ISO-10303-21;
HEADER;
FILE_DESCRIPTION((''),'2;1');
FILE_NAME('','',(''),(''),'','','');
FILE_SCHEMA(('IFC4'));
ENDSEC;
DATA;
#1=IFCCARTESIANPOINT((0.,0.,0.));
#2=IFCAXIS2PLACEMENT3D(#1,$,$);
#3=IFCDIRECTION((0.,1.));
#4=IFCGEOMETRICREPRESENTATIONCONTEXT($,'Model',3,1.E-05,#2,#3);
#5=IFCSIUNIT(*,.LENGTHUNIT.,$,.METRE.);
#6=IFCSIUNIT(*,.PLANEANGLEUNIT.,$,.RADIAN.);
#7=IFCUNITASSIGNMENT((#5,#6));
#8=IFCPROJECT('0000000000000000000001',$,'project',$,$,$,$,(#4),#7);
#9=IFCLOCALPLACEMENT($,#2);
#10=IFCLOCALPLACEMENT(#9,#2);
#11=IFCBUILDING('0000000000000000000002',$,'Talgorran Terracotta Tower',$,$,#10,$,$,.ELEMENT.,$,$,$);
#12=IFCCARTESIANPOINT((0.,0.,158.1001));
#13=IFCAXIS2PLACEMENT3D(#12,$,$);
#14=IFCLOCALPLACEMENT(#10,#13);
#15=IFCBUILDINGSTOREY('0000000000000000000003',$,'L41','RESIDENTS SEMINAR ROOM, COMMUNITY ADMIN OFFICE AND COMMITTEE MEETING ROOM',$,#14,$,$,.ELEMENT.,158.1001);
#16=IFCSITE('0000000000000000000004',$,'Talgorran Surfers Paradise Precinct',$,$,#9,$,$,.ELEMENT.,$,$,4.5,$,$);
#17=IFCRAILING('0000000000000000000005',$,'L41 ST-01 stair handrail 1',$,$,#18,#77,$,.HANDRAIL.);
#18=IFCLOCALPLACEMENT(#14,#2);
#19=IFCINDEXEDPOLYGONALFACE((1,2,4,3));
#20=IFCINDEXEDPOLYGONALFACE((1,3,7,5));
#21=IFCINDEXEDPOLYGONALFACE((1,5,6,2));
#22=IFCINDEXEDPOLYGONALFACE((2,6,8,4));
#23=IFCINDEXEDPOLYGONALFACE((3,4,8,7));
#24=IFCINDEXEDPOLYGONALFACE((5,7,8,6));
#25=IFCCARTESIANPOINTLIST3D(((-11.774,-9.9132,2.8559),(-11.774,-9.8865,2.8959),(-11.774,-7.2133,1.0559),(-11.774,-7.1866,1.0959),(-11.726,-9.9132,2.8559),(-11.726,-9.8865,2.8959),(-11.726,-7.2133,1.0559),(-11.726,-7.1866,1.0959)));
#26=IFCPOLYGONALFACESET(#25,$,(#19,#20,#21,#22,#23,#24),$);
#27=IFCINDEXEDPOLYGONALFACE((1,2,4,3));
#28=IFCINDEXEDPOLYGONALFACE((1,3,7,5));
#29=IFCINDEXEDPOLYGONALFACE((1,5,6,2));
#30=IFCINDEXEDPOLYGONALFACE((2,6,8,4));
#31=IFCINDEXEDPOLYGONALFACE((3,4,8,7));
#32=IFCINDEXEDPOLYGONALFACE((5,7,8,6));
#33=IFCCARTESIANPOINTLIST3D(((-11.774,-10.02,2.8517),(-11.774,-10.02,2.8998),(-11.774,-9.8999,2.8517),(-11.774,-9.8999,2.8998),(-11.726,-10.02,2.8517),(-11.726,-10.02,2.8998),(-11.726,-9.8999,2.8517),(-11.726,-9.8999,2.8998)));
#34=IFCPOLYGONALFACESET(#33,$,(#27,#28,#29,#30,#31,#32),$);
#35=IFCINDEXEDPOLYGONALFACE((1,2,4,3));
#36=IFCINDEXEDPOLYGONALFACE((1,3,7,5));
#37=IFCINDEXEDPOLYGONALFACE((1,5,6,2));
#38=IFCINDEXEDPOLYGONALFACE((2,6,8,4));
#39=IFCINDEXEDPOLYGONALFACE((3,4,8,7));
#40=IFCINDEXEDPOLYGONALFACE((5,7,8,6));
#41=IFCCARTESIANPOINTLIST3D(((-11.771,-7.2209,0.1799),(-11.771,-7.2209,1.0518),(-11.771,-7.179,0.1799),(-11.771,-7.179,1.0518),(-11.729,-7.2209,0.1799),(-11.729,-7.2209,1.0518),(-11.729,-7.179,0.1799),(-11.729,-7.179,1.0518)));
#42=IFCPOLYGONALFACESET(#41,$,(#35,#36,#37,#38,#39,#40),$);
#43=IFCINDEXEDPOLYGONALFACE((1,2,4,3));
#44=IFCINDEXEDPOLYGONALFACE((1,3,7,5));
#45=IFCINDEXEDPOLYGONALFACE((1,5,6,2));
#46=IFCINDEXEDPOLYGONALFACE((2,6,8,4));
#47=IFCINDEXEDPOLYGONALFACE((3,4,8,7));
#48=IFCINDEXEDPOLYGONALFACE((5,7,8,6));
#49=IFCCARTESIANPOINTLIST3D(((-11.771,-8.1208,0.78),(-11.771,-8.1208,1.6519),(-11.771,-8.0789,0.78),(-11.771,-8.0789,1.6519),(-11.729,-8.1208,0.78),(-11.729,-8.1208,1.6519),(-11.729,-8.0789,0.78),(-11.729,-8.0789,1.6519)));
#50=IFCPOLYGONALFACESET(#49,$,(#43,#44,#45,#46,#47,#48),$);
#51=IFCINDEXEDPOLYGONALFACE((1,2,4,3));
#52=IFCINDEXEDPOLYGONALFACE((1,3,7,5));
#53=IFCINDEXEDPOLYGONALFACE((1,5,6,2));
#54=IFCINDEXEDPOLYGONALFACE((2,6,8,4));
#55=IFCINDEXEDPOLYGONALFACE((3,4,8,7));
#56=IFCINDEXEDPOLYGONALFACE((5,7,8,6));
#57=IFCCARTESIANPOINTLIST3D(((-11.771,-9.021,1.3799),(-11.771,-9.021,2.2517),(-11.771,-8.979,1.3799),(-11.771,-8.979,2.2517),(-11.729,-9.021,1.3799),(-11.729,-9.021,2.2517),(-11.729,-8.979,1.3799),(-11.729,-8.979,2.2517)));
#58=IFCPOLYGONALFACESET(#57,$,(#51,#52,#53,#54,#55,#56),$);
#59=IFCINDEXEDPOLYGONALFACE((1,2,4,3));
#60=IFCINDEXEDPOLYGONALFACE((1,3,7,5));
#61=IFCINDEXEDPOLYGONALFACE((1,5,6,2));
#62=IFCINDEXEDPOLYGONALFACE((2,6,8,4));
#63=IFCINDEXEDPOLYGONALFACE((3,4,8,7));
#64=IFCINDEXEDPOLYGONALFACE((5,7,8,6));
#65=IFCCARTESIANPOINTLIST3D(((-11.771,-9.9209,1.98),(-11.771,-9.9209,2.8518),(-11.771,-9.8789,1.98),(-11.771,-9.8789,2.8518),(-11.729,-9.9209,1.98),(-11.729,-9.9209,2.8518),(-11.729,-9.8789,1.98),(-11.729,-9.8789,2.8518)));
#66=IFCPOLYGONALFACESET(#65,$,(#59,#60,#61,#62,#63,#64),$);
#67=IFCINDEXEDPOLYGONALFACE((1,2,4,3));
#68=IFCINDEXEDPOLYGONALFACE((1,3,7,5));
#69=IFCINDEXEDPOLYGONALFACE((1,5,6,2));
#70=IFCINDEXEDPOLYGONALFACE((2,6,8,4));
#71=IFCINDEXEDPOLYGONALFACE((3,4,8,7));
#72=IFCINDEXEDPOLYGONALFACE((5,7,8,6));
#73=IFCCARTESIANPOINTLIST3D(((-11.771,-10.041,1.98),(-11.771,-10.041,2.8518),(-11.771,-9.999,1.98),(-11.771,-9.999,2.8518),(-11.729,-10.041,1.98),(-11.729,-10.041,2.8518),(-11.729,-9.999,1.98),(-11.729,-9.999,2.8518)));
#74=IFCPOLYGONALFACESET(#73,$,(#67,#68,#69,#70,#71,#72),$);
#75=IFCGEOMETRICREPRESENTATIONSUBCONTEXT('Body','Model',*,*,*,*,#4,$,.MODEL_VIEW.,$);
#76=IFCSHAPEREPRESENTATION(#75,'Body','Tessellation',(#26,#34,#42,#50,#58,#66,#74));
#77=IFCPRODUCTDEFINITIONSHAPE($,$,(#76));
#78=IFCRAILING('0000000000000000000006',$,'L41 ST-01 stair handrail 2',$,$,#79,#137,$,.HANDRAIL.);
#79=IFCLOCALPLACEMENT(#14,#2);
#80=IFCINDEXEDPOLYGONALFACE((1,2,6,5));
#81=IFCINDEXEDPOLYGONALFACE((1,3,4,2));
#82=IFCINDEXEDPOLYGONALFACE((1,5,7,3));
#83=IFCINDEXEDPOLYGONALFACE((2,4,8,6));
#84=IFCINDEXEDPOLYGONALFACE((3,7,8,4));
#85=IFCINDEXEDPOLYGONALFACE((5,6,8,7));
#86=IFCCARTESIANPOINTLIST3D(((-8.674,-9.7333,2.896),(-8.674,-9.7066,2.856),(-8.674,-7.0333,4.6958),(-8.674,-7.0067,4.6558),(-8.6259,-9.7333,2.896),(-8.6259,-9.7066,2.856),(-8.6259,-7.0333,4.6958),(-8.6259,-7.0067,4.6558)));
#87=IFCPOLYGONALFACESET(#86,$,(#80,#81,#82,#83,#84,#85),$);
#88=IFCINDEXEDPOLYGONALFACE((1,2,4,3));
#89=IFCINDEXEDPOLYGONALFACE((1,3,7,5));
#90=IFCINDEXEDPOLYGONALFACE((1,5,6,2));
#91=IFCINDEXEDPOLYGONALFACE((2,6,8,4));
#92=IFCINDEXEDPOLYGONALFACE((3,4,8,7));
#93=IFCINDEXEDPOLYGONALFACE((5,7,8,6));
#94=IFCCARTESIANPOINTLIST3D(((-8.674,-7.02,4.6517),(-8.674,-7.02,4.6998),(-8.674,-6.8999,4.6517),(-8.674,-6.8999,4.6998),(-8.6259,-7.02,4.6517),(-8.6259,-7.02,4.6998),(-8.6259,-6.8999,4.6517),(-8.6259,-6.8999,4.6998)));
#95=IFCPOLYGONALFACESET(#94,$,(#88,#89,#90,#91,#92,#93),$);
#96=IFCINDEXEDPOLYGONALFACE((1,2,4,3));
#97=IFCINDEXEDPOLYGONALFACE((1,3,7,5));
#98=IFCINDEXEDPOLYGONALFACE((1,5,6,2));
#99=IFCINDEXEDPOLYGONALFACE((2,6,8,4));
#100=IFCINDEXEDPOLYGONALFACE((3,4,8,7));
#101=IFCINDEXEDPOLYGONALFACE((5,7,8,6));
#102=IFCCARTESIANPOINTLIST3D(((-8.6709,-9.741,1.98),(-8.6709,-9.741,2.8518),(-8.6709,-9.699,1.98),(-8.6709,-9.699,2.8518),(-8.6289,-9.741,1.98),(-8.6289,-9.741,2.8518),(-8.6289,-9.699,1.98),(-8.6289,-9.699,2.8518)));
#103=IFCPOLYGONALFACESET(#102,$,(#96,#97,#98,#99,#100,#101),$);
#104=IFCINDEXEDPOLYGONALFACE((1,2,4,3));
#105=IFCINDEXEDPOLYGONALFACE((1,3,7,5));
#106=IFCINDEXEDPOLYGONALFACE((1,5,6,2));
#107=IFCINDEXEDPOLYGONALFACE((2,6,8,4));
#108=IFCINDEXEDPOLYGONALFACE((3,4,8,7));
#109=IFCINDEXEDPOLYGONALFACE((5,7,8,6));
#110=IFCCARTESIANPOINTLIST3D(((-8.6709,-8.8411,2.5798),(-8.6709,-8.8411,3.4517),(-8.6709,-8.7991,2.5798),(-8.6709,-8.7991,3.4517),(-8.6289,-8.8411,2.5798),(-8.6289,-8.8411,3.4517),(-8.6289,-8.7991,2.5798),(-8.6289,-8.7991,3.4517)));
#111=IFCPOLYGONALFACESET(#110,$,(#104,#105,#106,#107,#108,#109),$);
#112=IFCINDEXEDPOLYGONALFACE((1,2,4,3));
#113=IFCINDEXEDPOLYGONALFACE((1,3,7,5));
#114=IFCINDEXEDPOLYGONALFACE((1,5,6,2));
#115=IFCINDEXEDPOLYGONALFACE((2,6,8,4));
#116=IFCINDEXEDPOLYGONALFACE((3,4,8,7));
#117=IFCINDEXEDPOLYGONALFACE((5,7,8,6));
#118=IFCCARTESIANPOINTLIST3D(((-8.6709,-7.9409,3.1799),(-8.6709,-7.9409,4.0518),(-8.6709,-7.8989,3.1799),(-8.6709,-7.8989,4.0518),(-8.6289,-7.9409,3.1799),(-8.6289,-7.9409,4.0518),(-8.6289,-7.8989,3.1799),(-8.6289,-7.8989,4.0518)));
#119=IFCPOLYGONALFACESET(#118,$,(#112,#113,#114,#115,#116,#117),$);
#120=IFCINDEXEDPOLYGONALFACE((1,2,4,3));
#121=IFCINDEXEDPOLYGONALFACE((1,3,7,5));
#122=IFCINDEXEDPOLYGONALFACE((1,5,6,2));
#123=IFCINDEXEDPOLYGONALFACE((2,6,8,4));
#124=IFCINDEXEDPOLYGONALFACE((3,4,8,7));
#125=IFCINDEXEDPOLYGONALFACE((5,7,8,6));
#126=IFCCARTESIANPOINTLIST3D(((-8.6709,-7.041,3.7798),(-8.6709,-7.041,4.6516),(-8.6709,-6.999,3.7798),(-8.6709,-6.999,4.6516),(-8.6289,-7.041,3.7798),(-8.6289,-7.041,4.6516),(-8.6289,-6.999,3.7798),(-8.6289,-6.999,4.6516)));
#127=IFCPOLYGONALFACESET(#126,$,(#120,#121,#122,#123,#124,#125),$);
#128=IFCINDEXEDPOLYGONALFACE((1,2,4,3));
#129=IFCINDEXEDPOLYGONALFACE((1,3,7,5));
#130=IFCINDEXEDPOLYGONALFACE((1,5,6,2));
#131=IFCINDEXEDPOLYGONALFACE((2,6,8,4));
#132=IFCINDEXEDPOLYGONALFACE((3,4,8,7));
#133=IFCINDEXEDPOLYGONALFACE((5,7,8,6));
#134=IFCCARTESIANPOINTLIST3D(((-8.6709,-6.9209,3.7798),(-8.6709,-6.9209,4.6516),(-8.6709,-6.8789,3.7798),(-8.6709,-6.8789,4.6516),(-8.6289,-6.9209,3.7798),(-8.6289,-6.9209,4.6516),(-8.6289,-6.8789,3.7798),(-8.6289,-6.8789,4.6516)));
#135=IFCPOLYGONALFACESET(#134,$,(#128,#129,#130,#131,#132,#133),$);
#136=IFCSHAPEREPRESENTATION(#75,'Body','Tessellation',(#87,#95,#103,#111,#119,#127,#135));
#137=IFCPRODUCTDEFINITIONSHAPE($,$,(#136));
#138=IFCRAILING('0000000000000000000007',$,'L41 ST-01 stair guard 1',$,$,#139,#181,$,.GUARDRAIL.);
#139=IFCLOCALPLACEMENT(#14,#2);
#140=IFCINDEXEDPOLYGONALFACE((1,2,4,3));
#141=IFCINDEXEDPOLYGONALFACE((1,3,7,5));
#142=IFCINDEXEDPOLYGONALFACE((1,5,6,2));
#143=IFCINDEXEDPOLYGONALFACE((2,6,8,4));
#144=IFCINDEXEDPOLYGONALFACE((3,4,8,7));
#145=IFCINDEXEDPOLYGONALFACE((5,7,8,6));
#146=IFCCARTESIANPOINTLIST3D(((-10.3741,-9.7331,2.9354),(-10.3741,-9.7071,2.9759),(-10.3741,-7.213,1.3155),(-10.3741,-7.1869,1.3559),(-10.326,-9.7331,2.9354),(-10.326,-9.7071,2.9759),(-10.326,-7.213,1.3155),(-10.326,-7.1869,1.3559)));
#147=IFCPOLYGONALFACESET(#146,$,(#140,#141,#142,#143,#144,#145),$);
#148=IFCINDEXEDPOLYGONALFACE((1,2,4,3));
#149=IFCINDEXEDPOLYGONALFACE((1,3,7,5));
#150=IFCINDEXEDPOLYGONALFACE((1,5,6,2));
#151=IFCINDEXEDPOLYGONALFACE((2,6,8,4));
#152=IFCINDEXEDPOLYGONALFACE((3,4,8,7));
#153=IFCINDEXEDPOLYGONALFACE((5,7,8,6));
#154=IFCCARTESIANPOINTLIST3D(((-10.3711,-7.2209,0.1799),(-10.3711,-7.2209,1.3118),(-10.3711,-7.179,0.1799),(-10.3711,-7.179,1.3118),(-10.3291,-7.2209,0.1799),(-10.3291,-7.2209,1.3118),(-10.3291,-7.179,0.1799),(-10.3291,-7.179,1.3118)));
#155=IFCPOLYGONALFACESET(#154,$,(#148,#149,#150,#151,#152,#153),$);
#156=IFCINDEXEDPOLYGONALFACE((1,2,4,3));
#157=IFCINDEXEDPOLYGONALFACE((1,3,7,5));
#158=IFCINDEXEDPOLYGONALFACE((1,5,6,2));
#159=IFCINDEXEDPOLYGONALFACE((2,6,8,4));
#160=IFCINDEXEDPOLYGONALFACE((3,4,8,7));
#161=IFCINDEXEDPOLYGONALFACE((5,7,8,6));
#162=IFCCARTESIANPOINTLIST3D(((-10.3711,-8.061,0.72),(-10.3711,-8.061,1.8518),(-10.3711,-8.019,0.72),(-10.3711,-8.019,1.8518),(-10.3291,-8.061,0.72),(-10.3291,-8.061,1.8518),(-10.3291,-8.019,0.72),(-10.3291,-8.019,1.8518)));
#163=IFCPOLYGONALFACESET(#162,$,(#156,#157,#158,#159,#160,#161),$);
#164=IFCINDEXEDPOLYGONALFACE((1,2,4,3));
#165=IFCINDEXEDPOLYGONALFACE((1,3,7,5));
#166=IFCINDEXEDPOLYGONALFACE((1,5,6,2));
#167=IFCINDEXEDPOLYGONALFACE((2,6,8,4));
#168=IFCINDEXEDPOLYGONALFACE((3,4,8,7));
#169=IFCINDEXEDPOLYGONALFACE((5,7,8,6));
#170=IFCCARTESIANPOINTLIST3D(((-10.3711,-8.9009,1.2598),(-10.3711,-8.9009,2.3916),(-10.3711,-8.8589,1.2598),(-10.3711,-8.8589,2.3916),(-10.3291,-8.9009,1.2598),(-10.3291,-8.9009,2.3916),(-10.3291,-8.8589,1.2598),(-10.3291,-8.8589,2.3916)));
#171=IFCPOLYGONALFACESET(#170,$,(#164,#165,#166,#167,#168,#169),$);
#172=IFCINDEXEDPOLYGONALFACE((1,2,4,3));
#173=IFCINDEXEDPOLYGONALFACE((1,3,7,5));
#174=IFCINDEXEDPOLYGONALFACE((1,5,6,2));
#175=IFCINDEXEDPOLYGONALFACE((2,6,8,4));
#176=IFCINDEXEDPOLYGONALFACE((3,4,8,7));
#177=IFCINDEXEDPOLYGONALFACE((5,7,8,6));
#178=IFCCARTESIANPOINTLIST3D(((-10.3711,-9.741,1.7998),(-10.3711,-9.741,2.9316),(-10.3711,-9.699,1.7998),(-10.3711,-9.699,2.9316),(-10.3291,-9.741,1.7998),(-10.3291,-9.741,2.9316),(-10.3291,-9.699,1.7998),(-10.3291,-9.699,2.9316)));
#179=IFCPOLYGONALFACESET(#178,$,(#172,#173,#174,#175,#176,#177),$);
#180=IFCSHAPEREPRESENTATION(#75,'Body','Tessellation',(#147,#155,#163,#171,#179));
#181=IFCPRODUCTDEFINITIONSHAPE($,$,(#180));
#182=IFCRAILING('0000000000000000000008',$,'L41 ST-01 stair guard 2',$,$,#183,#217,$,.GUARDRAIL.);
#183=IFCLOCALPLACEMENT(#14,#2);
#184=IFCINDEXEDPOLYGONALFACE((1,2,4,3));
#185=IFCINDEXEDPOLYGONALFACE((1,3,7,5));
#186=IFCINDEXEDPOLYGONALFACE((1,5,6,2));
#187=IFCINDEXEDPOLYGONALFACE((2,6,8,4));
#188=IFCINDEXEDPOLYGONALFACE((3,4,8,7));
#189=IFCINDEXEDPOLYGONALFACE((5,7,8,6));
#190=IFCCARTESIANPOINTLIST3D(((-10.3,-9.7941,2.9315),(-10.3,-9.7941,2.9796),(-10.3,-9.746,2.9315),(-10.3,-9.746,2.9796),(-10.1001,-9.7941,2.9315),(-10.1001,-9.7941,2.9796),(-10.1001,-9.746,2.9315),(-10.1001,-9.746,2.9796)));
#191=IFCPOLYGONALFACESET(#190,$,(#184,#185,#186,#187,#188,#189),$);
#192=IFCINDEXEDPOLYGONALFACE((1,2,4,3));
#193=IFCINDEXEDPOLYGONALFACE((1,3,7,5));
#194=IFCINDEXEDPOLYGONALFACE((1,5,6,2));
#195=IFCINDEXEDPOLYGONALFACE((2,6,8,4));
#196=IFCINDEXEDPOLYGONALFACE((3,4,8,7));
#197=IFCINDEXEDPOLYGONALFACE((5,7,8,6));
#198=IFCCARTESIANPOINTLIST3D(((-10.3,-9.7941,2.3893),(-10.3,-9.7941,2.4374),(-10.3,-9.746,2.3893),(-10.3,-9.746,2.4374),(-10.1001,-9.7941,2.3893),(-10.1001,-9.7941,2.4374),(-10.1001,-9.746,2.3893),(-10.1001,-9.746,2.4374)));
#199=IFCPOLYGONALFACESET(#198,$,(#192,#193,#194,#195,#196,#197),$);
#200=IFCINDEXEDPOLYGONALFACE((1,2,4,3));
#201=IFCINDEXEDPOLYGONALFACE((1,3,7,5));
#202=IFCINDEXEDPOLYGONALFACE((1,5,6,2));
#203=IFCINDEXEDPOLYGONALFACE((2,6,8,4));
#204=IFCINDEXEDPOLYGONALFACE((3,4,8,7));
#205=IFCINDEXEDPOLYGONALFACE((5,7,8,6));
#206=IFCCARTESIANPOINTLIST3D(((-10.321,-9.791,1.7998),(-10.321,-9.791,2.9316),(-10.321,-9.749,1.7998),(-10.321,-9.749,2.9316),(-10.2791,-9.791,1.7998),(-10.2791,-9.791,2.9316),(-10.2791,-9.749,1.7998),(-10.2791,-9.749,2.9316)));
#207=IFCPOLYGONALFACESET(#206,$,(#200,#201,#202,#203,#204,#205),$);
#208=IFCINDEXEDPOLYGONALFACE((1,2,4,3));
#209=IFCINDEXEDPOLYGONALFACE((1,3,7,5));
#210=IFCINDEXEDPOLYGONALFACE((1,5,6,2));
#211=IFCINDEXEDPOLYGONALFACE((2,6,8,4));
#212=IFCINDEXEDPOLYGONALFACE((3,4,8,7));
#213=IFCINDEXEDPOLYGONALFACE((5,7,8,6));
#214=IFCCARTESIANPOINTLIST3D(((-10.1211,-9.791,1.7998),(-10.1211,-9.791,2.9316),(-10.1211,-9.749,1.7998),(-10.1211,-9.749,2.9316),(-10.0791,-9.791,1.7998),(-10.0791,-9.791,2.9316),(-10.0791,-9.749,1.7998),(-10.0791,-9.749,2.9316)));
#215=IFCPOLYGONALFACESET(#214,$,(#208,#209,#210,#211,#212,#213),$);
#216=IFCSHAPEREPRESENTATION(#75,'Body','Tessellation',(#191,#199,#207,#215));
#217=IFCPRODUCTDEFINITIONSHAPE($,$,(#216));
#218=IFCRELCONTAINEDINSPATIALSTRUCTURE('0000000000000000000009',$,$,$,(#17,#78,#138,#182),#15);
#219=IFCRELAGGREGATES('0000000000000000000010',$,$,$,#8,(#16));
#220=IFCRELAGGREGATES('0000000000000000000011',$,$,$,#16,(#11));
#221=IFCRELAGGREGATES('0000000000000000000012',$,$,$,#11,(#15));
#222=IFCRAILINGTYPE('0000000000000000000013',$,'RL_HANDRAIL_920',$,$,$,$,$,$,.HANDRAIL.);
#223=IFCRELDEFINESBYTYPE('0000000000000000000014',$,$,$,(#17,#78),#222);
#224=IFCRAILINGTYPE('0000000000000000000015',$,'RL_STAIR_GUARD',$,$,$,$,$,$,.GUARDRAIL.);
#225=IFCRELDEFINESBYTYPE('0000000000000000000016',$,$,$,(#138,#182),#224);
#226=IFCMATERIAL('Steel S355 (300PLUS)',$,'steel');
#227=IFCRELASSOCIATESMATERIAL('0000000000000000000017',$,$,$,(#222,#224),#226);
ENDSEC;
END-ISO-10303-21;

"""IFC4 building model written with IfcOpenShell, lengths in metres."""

from ifc_helpers import new_model, si_unit, direction, frame, origin, origin_2d, place, context, subcontext, project, spatial, rectangle, extrude, material, type_object, element, save


model = new_model("IFC4")

# Units and contexts
model_context = context("Model", 3, precision=1e-05, world=origin(), true_north=direction((0.0, 1.0)))
body_context = subcontext(model_context, "Body", "Model", "MODEL_VIEW")
ifc_project = project(units=[si_unit("LENGTHUNIT", "METRE"), si_unit("PLANEANGLEUNIT", "RADIAN")], contexts=[model_context])

# Site, building, storey
site_placement = place(None, origin())
site = spatial("IfcSite", under=ifc_project, at=site_placement, Name="Talgorran Surfers Paradise Precinct", CompositionType="ELEMENT", RefElevation=4.5)
building_placement = place(site_placement, origin())
building = spatial("IfcBuilding", under=site, at=building_placement, Name="Talgorran Terracotta Tower", CompositionType="ELEMENT")
storey_placement = place(building_placement, frame((0.0, 0.0, 158.1001)))
storey = spatial("IfcBuildingStorey", under=building, at=storey_placement, Name="L41", Description="RESIDENTS SEMINAR ROOM, COMMUNITY ADMIN OFFICE AND COMMITTEE MEETING ROOM", CompositionType="ELEMENT", Elevation=158.1001)

# Shared definitions
ifc_material_1 = material(Name="Steel S355 (300PLUS)", Category="steel")

# Railings
railing_type_1 = type_object("IfcRailingType", Name="RL_HANDRAIL_920", PredefinedType="HANDRAIL", material=ifc_material_1)
railing_1_placement = place(storey_placement, frame((-11.75, -7.2, 0.1799)))
element("IfcRailing", 1, at=railing_1_placement, inside=storey, type_object=railing_type_1, Name="L41 ST-01 stair handrail 1", PredefinedType="HANDRAIL", context=body_context, shape_type="SweptSolid", body=[
    extrude(rectangle(XDim=0.0481, YDim=0.0481, at=origin_2d()), frame((0.0, 0.0, 0.896), z_axis=(0.0, -0.832039, 0.554718), x_axis=(1.0, 0.0, 0.0)), (0.0, 0.0, 1.0), 3.2449),
    extrude(rectangle(XDim=0.0481, YDim=0.0481, at=origin_2d()), frame((0.0, -2.7, 2.6958), z_axis=(0.0, -1.0, 0.0), x_axis=(1.0, 0.0, 0.0)), (0.0, 0.0, 1.0), 0.1201),
    extrude(rectangle(XDim=0.042, YDim=0.042, at=origin_2d()), origin(), (0.0, 0.0, 1.0), 0.8718),
    extrude(rectangle(XDim=0.042, YDim=0.042, at=origin_2d()), frame((0.0, -0.8999, 0.6001)), (0.0, 0.0, 1.0), 0.8718),
    extrude(rectangle(XDim=0.042, YDim=0.042, at=origin_2d()), frame((0.0, -1.8, 1.2)), (0.0, 0.0, 1.0), 0.8718),
    extrude(rectangle(XDim=0.042, YDim=0.042, at=origin_2d()), frame((0.0, -2.7, 1.8)), (0.0, 0.0, 1.0), 0.8718),
    extrude(rectangle(XDim=0.042, YDim=0.042, at=origin_2d()), frame((0.0, -2.8201, 1.8)), (0.0, 0.0, 1.0), 0.8718),
])
railing_2_placement = place(storey_placement, frame((-8.6499, -9.72, 1.98)))
element("IfcRailing", 2, at=railing_2_placement, inside=storey, type_object=railing_type_1, Name="L41 ST-01 stair handrail 2", PredefinedType="HANDRAIL", context=body_context, shape_type="SweptSolid", body=[
    extrude(rectangle(XDim=0.0481, YDim=0.0481, at=origin_2d()), frame((0.0, 0.0, 0.896), z_axis=(0.0, 0.832073, 0.554665), x_axis=(-1.0, 0.0, 0.0)), (0.0, 0.0, 1.0), 3.2449),
    extrude(rectangle(XDim=0.0481, YDim=0.0481, at=origin_2d()), frame((0.0, 2.7, 2.6958), z_axis=(0.0, 1.0, 0.0), x_axis=(-1.0, 0.0, 0.0)), (0.0, 0.0, 1.0), 0.1201),
    extrude(rectangle(XDim=0.042, YDim=0.042, at=origin_2d()), origin(), (0.0, 0.0, 1.0), 0.8718),
    extrude(rectangle(XDim=0.042, YDim=0.042, at=origin_2d()), frame((0.0, 0.8999, 0.5999)), (0.0, 0.0, 1.0), 0.8718),
    extrude(rectangle(XDim=0.042, YDim=0.042, at=origin_2d()), frame((0.0, 1.8, 1.2)), (0.0, 0.0, 1.0), 0.8718),
    extrude(rectangle(XDim=0.042, YDim=0.042, at=origin_2d()), frame((0.0, 2.7, 1.7998)), (0.0, 0.0, 1.0), 0.8718),
    extrude(rectangle(XDim=0.042, YDim=0.042, at=origin_2d()), frame((0.0, 2.8201, 1.7998)), (0.0, 0.0, 1.0), 0.8718),
])
railing_type_2 = type_object("IfcRailingType", Name="RL_STAIR_GUARD", PredefinedType="GUARDRAIL", material=ifc_material_1)
railing_3_placement = place(storey_placement, frame((-10.3501, -7.2, 0.1799)))
element("IfcRailing", 3, at=railing_3_placement, inside=storey, type_object=railing_type_2, Name="L41 ST-01 stair guard 1", PredefinedType="GUARDRAIL", context=body_context, shape_type="SweptSolid", body=[
    extrude(rectangle(XDim=0.0481, YDim=0.0481, at=origin_2d()), frame((0.0, 0.0, 1.1558), z_axis=(0.0, -0.8412, 0.540725), x_axis=(1.0, 0.0, 0.0)), (0.0, 0.0, 1.0), 2.9958),
    extrude(rectangle(XDim=0.042, YDim=0.042, at=origin_2d()), origin(), (0.0, 0.0, 1.0), 1.1318),
    extrude(rectangle(XDim=0.042, YDim=0.042, at=origin_2d()), frame((0.0, -0.8401, 0.54)), (0.0, 0.0, 1.0), 1.1318),
    extrude(rectangle(XDim=0.042, YDim=0.042, at=origin_2d()), frame((0.0, -1.6799, 1.0798)), (0.0, 0.0, 1.0), 1.1318),
    extrude(rectangle(XDim=0.042, YDim=0.042, at=origin_2d()), frame((0.0, -2.52, 1.6199)), (0.0, 0.0, 1.0), 1.1318),
])
railing_4_placement = place(storey_placement, frame((-10.3, -9.77, 1.7998)))
element("IfcRailing", 4, at=railing_4_placement, inside=storey, type_object=railing_type_2, Name="L41 ST-01 stair guard 2", PredefinedType="GUARDRAIL", context=body_context, shape_type="SweptSolid", body=[
    extrude(rectangle(XDim=0.0481, YDim=0.0481, at=origin_2d()), frame((0.0, 0.0, 1.1558), z_axis=(1.0, 0.0, 0.0), x_axis=(0.0, 1.0, 0.0)), (0.0, 0.0, 1.0), 0.2),
    extrude(rectangle(XDim=0.0481, YDim=0.0481, at=origin_2d()), frame((0.0, 0.0, 0.6135), z_axis=(1.0, 0.0, 0.0), x_axis=(0.0, 1.0, 0.0)), (0.0, 0.0, 1.0), 0.2),
    extrude(rectangle(XDim=0.042, YDim=0.042, at=origin_2d()), origin(), (0.0, 0.0, 1.0), 1.1318),
    extrude(rectangle(XDim=0.042, YDim=0.042, at=origin_2d()), frame((0.2, 0.0, 0.0)), (0.0, 0.0, 1.0), 1.1318),
])

save(model, "model.ifc")
